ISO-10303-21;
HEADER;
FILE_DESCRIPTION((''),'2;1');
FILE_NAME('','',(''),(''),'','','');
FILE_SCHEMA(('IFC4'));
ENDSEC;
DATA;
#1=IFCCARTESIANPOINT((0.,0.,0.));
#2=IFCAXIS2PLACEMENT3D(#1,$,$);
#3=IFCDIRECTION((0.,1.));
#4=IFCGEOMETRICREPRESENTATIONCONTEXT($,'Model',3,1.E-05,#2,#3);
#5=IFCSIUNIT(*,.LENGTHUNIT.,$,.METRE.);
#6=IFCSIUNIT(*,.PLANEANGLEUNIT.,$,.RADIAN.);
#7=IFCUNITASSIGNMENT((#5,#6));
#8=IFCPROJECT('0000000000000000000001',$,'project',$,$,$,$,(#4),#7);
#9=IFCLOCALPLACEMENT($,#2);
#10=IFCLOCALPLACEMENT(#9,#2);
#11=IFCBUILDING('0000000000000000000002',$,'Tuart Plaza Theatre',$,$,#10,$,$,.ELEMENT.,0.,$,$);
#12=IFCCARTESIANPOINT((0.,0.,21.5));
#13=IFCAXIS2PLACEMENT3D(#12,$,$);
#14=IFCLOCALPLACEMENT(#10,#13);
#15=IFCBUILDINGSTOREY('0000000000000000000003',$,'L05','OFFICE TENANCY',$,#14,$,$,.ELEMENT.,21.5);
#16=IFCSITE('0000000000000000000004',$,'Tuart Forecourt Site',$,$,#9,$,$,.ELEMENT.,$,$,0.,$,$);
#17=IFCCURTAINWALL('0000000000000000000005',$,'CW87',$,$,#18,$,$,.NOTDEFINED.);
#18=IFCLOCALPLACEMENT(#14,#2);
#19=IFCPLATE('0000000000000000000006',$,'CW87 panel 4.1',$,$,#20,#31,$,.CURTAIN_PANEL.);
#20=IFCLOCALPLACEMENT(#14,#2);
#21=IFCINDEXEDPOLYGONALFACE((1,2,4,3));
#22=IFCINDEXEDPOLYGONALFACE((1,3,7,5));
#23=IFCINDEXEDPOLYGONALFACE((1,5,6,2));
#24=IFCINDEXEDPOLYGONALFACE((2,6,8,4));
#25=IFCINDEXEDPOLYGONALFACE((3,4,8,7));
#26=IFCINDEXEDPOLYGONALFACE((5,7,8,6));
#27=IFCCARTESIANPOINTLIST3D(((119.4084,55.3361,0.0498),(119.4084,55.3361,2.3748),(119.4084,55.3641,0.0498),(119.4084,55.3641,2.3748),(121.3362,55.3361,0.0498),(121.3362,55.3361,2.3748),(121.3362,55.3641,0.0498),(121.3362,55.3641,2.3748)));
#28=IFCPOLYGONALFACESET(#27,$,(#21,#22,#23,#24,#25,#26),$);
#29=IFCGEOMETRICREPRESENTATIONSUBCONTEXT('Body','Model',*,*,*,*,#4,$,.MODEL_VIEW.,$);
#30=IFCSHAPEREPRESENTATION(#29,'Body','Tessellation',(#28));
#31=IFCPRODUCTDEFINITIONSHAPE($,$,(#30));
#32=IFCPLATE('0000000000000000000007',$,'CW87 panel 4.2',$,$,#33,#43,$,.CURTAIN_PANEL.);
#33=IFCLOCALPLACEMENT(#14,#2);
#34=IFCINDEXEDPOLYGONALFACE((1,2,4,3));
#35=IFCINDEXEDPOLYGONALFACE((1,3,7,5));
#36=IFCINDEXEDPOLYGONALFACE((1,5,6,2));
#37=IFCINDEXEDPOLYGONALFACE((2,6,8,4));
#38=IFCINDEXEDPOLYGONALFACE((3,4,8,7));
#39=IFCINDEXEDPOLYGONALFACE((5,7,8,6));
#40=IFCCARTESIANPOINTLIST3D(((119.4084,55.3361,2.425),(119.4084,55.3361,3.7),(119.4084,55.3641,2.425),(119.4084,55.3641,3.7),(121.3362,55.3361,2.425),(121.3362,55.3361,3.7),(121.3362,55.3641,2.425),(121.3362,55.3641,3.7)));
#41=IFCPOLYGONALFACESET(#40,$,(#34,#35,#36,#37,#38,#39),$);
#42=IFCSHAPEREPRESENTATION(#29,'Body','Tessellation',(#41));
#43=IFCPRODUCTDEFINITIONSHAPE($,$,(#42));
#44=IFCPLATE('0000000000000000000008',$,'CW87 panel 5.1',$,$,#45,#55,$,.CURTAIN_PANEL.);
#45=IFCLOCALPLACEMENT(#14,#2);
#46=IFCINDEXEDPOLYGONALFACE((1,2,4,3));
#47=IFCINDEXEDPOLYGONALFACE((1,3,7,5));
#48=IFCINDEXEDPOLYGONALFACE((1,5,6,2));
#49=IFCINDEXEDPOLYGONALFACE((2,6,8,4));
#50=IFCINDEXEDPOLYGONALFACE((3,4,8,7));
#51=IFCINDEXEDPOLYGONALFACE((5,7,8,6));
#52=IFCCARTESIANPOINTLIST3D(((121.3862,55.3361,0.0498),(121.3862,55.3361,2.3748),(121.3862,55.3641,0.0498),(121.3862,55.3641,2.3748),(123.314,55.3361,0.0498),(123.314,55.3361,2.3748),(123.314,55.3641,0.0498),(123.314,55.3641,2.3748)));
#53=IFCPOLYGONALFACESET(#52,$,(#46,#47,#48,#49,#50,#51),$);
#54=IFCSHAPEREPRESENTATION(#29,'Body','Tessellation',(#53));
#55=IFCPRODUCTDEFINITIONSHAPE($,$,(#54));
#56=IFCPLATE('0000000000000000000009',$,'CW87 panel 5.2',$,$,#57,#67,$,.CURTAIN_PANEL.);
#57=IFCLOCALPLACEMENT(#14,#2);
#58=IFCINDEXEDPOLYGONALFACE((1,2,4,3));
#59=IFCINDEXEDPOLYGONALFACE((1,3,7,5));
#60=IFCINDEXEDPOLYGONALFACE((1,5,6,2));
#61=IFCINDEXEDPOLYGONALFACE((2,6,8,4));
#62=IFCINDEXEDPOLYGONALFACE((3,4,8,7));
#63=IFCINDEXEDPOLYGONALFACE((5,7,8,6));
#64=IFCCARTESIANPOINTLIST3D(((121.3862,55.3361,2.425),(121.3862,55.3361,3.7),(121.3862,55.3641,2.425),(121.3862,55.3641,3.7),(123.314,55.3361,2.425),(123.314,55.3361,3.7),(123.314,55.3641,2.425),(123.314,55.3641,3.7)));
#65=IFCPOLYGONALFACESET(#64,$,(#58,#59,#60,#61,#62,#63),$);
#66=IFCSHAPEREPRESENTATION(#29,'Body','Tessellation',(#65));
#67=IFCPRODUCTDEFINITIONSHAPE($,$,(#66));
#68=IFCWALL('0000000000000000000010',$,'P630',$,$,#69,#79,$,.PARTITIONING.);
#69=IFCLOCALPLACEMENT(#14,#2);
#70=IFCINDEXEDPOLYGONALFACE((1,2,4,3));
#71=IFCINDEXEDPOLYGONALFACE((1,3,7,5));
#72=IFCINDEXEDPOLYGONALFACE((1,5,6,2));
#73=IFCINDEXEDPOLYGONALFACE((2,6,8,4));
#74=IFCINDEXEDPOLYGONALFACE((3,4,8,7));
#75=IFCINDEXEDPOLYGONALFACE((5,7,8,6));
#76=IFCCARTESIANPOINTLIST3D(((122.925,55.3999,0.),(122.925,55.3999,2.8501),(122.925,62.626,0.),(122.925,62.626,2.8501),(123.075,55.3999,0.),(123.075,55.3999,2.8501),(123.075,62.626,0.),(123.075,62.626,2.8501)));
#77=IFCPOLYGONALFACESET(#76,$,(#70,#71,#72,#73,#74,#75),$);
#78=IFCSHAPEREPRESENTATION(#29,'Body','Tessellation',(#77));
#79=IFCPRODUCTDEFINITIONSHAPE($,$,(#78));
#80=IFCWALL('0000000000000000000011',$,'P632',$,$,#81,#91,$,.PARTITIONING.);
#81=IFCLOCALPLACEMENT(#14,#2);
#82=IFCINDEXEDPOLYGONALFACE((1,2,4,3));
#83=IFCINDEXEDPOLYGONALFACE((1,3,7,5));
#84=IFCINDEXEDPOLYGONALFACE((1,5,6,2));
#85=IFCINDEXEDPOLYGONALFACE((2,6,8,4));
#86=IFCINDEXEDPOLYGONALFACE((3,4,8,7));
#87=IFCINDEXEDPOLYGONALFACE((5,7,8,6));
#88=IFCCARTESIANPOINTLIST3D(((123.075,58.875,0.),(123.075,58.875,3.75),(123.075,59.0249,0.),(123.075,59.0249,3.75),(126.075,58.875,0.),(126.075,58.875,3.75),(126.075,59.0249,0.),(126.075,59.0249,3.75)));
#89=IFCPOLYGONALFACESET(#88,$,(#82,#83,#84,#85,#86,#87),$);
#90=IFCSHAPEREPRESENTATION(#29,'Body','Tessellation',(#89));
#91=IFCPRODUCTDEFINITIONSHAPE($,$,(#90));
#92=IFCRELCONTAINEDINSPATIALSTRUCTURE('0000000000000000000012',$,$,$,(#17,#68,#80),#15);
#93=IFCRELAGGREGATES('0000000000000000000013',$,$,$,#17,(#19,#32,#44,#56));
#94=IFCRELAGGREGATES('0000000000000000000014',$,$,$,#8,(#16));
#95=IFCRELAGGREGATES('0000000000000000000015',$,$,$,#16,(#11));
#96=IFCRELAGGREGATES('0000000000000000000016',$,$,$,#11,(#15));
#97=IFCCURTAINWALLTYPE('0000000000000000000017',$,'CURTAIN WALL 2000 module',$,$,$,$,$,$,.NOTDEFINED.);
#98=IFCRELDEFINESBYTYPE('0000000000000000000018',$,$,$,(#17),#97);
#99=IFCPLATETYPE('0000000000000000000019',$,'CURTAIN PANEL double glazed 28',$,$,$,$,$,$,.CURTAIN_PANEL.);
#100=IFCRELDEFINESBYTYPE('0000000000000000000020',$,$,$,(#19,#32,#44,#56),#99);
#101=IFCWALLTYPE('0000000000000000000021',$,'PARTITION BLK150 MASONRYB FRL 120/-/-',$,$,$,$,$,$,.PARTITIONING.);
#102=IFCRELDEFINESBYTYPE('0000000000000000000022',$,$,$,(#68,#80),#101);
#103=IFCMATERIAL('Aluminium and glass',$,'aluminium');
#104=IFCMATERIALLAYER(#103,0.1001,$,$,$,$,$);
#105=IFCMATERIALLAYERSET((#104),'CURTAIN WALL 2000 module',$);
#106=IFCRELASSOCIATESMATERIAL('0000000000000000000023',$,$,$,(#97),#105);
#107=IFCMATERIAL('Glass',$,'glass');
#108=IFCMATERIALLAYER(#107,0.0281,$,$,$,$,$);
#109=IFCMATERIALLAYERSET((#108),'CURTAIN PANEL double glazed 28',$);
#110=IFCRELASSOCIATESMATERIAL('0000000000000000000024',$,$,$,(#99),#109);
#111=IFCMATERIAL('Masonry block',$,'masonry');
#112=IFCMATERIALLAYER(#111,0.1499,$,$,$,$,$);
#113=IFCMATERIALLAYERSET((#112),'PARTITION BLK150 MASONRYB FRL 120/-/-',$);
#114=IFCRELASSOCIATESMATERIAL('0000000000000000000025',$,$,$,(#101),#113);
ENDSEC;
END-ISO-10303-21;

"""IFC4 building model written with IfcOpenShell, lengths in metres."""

from ifc_helpers import new_model, si_unit, direction, frame, frame_2d, origin, origin_2d, place, context, subcontext, project, spatial, rectangle, extrude, material, layer, layer_set, type_object, element, aggregate, save


model = new_model("IFC4")

# Units and contexts
model_context = context("Model", 3, precision=1e-05, world=origin(), true_north=direction((0.0, 1.0)))
body_context = subcontext(model_context, "Body", "Model", "MODEL_VIEW")
ifc_project = project(units=[si_unit("LENGTHUNIT", "METRE"), si_unit("PLANEANGLEUNIT", "RADIAN")], contexts=[model_context])

# Site, building, storey
site_placement = place(None, origin())
site = spatial("IfcSite", under=ifc_project, at=site_placement, Name="Tuart Forecourt Site", CompositionType="ELEMENT", RefElevation=0.0)
building_placement = place(site_placement, origin())
building = spatial("IfcBuilding", under=site, at=building_placement, Name="Tuart Plaza Theatre", CompositionType="ELEMENT", ElevationOfRefHeight=0.0)
storey_placement = place(building_placement, frame((0.0, 0.0, 21.5)))
storey = spatial("IfcBuildingStorey", under=building, at=storey_placement, Name="L05", Description="OFFICE TENANCY", CompositionType="ELEMENT", Elevation=21.5)

# Curtain wall, plates
ifc_material_1 = material(Name="Aluminium and glass", Category="aluminium")
ifc_layer_1 = layer(ifc_material_1, 0.1001)
ifc_layer_set_1 = layer_set([ifc_layer_1], Name="CURTAIN WALL 2000 module")
curtain_wall_type = type_object("IfcCurtainWallType", Name="CURTAIN WALL 2000 module", PredefinedType="NOTDEFINED", material=ifc_layer_set_1)
curtain_wall_placement = place(storey_placement, origin())
curtain_wall = element("IfcCurtainWall", 1, at=curtain_wall_placement, inside=storey, type_object=curtain_wall_type, Name="CW87", PredefinedType="NOTDEFINED")
ifc_material_2 = material(Name="Glass", Category="glass")
ifc_layer_2 = layer(ifc_material_2, 0.0281)
ifc_layer_set_2 = layer_set([ifc_layer_2], Name="CURTAIN PANEL double glazed 28")
plate_type = type_object("IfcPlateType", Name="CURTAIN PANEL double glazed 28", PredefinedType="CURTAIN_PANEL", material=ifc_layer_set_2)
plate_1_placement = place(storey_placement, frame((120.3723, 55.3501, 0.0498), z_axis=(0.0, 0.0, 1.0), x_axis=(1.0, 0.0, 0.0)))
plate_1 = element("IfcPlate", 2, at=plate_1_placement, type_object=plate_type, Name="CW87 panel 4.1", PredefinedType="CURTAIN_PANEL", context=body_context, shape_type="SweptSolid", body=[
    extrude(rectangle(XDim=1.9277, YDim=0.0281, at=origin_2d()), origin(), (0.0, 0.0, 1.0), 2.325),
])
plate_2_placement = place(storey_placement, frame((120.3723, 55.3501, 2.425), z_axis=(0.0, 0.0, 1.0), x_axis=(1.0, 0.0, 0.0)))
plate_2 = element("IfcPlate", 3, at=plate_2_placement, type_object=plate_type, Name="CW87 panel 4.2", PredefinedType="CURTAIN_PANEL", context=body_context, shape_type="SweptSolid", body=[
    extrude(rectangle(XDim=1.9277, YDim=0.0281, at=origin_2d()), origin(), (0.0, 0.0, 1.0), 1.2749),
])
plate_3_placement = place(storey_placement, frame((122.3501, 55.3501, 0.0498), z_axis=(0.0, 0.0, 1.0), x_axis=(1.0, 0.0, 0.0)))
plate_3 = element("IfcPlate", 4, at=plate_3_placement, type_object=plate_type, Name="CW87 panel 5.1", PredefinedType="CURTAIN_PANEL", context=body_context, shape_type="SweptSolid", body=[
    extrude(rectangle(XDim=1.9277, YDim=0.0281, at=origin_2d()), origin(), (0.0, 0.0, 1.0), 2.325),
])
plate_4_placement = place(storey_placement, frame((122.3501, 55.3501, 2.425), z_axis=(0.0, 0.0, 1.0), x_axis=(1.0, 0.0, 0.0)))
plate_4 = element("IfcPlate", 5, at=plate_4_placement, type_object=plate_type, Name="CW87 panel 5.2", PredefinedType="CURTAIN_PANEL", context=body_context, shape_type="SweptSolid", body=[
    extrude(rectangle(XDim=1.9277, YDim=0.0281, at=origin_2d()), origin(), (0.0, 0.0, 1.0), 1.2749),
])
aggregate(curtain_wall, [plate_1, plate_2, plate_3, plate_4])

# Walls
ifc_material_3 = material(Name="Masonry block", Category="masonry")
ifc_layer_3 = layer(ifc_material_3, 0.1499)
ifc_layer_set_3 = layer_set([ifc_layer_3], Name="PARTITION BLK150 MASONRYB FRL 120/-/-")
wall_type = type_object("IfcWallType", Name="PARTITION BLK150 MASONRYB FRL 120/-/-", PredefinedType="PARTITIONING", material=ifc_layer_set_3)
wall_1_placement = place(storey_placement, frame((123.0, 55.3999, 0.0), z_axis=(0.0, 0.0, 1.0), x_axis=(0.0, 1.0, 0.0)))
element("IfcWall", 6, at=wall_1_placement, inside=storey, type_object=wall_type, Name="P630", PredefinedType="PARTITIONING", context=body_context, shape_type="SweptSolid", body=[
    extrude(rectangle(XDim=7.2261, YDim=0.1499, at=frame_2d((3.613, 0.0))), origin(), (0.0, 0.0, 1.0), 2.8501),
])
wall_2_placement = place(storey_placement, frame((123.075, 58.95, 0.0), z_axis=(0.0, 0.0, 1.0), x_axis=(1.0, 0.0, 0.0)))
element("IfcWall", 7, at=wall_2_placement, inside=storey, type_object=wall_type, Name="P632", PredefinedType="PARTITIONING", context=body_context, shape_type="SweptSolid", body=[
    extrude(rectangle(XDim=3.0, YDim=0.1499, at=frame_2d((1.5, 0.0))), origin(), (0.0, 0.0, 1.0), 3.75),
])

save(model, "model.ifc")
